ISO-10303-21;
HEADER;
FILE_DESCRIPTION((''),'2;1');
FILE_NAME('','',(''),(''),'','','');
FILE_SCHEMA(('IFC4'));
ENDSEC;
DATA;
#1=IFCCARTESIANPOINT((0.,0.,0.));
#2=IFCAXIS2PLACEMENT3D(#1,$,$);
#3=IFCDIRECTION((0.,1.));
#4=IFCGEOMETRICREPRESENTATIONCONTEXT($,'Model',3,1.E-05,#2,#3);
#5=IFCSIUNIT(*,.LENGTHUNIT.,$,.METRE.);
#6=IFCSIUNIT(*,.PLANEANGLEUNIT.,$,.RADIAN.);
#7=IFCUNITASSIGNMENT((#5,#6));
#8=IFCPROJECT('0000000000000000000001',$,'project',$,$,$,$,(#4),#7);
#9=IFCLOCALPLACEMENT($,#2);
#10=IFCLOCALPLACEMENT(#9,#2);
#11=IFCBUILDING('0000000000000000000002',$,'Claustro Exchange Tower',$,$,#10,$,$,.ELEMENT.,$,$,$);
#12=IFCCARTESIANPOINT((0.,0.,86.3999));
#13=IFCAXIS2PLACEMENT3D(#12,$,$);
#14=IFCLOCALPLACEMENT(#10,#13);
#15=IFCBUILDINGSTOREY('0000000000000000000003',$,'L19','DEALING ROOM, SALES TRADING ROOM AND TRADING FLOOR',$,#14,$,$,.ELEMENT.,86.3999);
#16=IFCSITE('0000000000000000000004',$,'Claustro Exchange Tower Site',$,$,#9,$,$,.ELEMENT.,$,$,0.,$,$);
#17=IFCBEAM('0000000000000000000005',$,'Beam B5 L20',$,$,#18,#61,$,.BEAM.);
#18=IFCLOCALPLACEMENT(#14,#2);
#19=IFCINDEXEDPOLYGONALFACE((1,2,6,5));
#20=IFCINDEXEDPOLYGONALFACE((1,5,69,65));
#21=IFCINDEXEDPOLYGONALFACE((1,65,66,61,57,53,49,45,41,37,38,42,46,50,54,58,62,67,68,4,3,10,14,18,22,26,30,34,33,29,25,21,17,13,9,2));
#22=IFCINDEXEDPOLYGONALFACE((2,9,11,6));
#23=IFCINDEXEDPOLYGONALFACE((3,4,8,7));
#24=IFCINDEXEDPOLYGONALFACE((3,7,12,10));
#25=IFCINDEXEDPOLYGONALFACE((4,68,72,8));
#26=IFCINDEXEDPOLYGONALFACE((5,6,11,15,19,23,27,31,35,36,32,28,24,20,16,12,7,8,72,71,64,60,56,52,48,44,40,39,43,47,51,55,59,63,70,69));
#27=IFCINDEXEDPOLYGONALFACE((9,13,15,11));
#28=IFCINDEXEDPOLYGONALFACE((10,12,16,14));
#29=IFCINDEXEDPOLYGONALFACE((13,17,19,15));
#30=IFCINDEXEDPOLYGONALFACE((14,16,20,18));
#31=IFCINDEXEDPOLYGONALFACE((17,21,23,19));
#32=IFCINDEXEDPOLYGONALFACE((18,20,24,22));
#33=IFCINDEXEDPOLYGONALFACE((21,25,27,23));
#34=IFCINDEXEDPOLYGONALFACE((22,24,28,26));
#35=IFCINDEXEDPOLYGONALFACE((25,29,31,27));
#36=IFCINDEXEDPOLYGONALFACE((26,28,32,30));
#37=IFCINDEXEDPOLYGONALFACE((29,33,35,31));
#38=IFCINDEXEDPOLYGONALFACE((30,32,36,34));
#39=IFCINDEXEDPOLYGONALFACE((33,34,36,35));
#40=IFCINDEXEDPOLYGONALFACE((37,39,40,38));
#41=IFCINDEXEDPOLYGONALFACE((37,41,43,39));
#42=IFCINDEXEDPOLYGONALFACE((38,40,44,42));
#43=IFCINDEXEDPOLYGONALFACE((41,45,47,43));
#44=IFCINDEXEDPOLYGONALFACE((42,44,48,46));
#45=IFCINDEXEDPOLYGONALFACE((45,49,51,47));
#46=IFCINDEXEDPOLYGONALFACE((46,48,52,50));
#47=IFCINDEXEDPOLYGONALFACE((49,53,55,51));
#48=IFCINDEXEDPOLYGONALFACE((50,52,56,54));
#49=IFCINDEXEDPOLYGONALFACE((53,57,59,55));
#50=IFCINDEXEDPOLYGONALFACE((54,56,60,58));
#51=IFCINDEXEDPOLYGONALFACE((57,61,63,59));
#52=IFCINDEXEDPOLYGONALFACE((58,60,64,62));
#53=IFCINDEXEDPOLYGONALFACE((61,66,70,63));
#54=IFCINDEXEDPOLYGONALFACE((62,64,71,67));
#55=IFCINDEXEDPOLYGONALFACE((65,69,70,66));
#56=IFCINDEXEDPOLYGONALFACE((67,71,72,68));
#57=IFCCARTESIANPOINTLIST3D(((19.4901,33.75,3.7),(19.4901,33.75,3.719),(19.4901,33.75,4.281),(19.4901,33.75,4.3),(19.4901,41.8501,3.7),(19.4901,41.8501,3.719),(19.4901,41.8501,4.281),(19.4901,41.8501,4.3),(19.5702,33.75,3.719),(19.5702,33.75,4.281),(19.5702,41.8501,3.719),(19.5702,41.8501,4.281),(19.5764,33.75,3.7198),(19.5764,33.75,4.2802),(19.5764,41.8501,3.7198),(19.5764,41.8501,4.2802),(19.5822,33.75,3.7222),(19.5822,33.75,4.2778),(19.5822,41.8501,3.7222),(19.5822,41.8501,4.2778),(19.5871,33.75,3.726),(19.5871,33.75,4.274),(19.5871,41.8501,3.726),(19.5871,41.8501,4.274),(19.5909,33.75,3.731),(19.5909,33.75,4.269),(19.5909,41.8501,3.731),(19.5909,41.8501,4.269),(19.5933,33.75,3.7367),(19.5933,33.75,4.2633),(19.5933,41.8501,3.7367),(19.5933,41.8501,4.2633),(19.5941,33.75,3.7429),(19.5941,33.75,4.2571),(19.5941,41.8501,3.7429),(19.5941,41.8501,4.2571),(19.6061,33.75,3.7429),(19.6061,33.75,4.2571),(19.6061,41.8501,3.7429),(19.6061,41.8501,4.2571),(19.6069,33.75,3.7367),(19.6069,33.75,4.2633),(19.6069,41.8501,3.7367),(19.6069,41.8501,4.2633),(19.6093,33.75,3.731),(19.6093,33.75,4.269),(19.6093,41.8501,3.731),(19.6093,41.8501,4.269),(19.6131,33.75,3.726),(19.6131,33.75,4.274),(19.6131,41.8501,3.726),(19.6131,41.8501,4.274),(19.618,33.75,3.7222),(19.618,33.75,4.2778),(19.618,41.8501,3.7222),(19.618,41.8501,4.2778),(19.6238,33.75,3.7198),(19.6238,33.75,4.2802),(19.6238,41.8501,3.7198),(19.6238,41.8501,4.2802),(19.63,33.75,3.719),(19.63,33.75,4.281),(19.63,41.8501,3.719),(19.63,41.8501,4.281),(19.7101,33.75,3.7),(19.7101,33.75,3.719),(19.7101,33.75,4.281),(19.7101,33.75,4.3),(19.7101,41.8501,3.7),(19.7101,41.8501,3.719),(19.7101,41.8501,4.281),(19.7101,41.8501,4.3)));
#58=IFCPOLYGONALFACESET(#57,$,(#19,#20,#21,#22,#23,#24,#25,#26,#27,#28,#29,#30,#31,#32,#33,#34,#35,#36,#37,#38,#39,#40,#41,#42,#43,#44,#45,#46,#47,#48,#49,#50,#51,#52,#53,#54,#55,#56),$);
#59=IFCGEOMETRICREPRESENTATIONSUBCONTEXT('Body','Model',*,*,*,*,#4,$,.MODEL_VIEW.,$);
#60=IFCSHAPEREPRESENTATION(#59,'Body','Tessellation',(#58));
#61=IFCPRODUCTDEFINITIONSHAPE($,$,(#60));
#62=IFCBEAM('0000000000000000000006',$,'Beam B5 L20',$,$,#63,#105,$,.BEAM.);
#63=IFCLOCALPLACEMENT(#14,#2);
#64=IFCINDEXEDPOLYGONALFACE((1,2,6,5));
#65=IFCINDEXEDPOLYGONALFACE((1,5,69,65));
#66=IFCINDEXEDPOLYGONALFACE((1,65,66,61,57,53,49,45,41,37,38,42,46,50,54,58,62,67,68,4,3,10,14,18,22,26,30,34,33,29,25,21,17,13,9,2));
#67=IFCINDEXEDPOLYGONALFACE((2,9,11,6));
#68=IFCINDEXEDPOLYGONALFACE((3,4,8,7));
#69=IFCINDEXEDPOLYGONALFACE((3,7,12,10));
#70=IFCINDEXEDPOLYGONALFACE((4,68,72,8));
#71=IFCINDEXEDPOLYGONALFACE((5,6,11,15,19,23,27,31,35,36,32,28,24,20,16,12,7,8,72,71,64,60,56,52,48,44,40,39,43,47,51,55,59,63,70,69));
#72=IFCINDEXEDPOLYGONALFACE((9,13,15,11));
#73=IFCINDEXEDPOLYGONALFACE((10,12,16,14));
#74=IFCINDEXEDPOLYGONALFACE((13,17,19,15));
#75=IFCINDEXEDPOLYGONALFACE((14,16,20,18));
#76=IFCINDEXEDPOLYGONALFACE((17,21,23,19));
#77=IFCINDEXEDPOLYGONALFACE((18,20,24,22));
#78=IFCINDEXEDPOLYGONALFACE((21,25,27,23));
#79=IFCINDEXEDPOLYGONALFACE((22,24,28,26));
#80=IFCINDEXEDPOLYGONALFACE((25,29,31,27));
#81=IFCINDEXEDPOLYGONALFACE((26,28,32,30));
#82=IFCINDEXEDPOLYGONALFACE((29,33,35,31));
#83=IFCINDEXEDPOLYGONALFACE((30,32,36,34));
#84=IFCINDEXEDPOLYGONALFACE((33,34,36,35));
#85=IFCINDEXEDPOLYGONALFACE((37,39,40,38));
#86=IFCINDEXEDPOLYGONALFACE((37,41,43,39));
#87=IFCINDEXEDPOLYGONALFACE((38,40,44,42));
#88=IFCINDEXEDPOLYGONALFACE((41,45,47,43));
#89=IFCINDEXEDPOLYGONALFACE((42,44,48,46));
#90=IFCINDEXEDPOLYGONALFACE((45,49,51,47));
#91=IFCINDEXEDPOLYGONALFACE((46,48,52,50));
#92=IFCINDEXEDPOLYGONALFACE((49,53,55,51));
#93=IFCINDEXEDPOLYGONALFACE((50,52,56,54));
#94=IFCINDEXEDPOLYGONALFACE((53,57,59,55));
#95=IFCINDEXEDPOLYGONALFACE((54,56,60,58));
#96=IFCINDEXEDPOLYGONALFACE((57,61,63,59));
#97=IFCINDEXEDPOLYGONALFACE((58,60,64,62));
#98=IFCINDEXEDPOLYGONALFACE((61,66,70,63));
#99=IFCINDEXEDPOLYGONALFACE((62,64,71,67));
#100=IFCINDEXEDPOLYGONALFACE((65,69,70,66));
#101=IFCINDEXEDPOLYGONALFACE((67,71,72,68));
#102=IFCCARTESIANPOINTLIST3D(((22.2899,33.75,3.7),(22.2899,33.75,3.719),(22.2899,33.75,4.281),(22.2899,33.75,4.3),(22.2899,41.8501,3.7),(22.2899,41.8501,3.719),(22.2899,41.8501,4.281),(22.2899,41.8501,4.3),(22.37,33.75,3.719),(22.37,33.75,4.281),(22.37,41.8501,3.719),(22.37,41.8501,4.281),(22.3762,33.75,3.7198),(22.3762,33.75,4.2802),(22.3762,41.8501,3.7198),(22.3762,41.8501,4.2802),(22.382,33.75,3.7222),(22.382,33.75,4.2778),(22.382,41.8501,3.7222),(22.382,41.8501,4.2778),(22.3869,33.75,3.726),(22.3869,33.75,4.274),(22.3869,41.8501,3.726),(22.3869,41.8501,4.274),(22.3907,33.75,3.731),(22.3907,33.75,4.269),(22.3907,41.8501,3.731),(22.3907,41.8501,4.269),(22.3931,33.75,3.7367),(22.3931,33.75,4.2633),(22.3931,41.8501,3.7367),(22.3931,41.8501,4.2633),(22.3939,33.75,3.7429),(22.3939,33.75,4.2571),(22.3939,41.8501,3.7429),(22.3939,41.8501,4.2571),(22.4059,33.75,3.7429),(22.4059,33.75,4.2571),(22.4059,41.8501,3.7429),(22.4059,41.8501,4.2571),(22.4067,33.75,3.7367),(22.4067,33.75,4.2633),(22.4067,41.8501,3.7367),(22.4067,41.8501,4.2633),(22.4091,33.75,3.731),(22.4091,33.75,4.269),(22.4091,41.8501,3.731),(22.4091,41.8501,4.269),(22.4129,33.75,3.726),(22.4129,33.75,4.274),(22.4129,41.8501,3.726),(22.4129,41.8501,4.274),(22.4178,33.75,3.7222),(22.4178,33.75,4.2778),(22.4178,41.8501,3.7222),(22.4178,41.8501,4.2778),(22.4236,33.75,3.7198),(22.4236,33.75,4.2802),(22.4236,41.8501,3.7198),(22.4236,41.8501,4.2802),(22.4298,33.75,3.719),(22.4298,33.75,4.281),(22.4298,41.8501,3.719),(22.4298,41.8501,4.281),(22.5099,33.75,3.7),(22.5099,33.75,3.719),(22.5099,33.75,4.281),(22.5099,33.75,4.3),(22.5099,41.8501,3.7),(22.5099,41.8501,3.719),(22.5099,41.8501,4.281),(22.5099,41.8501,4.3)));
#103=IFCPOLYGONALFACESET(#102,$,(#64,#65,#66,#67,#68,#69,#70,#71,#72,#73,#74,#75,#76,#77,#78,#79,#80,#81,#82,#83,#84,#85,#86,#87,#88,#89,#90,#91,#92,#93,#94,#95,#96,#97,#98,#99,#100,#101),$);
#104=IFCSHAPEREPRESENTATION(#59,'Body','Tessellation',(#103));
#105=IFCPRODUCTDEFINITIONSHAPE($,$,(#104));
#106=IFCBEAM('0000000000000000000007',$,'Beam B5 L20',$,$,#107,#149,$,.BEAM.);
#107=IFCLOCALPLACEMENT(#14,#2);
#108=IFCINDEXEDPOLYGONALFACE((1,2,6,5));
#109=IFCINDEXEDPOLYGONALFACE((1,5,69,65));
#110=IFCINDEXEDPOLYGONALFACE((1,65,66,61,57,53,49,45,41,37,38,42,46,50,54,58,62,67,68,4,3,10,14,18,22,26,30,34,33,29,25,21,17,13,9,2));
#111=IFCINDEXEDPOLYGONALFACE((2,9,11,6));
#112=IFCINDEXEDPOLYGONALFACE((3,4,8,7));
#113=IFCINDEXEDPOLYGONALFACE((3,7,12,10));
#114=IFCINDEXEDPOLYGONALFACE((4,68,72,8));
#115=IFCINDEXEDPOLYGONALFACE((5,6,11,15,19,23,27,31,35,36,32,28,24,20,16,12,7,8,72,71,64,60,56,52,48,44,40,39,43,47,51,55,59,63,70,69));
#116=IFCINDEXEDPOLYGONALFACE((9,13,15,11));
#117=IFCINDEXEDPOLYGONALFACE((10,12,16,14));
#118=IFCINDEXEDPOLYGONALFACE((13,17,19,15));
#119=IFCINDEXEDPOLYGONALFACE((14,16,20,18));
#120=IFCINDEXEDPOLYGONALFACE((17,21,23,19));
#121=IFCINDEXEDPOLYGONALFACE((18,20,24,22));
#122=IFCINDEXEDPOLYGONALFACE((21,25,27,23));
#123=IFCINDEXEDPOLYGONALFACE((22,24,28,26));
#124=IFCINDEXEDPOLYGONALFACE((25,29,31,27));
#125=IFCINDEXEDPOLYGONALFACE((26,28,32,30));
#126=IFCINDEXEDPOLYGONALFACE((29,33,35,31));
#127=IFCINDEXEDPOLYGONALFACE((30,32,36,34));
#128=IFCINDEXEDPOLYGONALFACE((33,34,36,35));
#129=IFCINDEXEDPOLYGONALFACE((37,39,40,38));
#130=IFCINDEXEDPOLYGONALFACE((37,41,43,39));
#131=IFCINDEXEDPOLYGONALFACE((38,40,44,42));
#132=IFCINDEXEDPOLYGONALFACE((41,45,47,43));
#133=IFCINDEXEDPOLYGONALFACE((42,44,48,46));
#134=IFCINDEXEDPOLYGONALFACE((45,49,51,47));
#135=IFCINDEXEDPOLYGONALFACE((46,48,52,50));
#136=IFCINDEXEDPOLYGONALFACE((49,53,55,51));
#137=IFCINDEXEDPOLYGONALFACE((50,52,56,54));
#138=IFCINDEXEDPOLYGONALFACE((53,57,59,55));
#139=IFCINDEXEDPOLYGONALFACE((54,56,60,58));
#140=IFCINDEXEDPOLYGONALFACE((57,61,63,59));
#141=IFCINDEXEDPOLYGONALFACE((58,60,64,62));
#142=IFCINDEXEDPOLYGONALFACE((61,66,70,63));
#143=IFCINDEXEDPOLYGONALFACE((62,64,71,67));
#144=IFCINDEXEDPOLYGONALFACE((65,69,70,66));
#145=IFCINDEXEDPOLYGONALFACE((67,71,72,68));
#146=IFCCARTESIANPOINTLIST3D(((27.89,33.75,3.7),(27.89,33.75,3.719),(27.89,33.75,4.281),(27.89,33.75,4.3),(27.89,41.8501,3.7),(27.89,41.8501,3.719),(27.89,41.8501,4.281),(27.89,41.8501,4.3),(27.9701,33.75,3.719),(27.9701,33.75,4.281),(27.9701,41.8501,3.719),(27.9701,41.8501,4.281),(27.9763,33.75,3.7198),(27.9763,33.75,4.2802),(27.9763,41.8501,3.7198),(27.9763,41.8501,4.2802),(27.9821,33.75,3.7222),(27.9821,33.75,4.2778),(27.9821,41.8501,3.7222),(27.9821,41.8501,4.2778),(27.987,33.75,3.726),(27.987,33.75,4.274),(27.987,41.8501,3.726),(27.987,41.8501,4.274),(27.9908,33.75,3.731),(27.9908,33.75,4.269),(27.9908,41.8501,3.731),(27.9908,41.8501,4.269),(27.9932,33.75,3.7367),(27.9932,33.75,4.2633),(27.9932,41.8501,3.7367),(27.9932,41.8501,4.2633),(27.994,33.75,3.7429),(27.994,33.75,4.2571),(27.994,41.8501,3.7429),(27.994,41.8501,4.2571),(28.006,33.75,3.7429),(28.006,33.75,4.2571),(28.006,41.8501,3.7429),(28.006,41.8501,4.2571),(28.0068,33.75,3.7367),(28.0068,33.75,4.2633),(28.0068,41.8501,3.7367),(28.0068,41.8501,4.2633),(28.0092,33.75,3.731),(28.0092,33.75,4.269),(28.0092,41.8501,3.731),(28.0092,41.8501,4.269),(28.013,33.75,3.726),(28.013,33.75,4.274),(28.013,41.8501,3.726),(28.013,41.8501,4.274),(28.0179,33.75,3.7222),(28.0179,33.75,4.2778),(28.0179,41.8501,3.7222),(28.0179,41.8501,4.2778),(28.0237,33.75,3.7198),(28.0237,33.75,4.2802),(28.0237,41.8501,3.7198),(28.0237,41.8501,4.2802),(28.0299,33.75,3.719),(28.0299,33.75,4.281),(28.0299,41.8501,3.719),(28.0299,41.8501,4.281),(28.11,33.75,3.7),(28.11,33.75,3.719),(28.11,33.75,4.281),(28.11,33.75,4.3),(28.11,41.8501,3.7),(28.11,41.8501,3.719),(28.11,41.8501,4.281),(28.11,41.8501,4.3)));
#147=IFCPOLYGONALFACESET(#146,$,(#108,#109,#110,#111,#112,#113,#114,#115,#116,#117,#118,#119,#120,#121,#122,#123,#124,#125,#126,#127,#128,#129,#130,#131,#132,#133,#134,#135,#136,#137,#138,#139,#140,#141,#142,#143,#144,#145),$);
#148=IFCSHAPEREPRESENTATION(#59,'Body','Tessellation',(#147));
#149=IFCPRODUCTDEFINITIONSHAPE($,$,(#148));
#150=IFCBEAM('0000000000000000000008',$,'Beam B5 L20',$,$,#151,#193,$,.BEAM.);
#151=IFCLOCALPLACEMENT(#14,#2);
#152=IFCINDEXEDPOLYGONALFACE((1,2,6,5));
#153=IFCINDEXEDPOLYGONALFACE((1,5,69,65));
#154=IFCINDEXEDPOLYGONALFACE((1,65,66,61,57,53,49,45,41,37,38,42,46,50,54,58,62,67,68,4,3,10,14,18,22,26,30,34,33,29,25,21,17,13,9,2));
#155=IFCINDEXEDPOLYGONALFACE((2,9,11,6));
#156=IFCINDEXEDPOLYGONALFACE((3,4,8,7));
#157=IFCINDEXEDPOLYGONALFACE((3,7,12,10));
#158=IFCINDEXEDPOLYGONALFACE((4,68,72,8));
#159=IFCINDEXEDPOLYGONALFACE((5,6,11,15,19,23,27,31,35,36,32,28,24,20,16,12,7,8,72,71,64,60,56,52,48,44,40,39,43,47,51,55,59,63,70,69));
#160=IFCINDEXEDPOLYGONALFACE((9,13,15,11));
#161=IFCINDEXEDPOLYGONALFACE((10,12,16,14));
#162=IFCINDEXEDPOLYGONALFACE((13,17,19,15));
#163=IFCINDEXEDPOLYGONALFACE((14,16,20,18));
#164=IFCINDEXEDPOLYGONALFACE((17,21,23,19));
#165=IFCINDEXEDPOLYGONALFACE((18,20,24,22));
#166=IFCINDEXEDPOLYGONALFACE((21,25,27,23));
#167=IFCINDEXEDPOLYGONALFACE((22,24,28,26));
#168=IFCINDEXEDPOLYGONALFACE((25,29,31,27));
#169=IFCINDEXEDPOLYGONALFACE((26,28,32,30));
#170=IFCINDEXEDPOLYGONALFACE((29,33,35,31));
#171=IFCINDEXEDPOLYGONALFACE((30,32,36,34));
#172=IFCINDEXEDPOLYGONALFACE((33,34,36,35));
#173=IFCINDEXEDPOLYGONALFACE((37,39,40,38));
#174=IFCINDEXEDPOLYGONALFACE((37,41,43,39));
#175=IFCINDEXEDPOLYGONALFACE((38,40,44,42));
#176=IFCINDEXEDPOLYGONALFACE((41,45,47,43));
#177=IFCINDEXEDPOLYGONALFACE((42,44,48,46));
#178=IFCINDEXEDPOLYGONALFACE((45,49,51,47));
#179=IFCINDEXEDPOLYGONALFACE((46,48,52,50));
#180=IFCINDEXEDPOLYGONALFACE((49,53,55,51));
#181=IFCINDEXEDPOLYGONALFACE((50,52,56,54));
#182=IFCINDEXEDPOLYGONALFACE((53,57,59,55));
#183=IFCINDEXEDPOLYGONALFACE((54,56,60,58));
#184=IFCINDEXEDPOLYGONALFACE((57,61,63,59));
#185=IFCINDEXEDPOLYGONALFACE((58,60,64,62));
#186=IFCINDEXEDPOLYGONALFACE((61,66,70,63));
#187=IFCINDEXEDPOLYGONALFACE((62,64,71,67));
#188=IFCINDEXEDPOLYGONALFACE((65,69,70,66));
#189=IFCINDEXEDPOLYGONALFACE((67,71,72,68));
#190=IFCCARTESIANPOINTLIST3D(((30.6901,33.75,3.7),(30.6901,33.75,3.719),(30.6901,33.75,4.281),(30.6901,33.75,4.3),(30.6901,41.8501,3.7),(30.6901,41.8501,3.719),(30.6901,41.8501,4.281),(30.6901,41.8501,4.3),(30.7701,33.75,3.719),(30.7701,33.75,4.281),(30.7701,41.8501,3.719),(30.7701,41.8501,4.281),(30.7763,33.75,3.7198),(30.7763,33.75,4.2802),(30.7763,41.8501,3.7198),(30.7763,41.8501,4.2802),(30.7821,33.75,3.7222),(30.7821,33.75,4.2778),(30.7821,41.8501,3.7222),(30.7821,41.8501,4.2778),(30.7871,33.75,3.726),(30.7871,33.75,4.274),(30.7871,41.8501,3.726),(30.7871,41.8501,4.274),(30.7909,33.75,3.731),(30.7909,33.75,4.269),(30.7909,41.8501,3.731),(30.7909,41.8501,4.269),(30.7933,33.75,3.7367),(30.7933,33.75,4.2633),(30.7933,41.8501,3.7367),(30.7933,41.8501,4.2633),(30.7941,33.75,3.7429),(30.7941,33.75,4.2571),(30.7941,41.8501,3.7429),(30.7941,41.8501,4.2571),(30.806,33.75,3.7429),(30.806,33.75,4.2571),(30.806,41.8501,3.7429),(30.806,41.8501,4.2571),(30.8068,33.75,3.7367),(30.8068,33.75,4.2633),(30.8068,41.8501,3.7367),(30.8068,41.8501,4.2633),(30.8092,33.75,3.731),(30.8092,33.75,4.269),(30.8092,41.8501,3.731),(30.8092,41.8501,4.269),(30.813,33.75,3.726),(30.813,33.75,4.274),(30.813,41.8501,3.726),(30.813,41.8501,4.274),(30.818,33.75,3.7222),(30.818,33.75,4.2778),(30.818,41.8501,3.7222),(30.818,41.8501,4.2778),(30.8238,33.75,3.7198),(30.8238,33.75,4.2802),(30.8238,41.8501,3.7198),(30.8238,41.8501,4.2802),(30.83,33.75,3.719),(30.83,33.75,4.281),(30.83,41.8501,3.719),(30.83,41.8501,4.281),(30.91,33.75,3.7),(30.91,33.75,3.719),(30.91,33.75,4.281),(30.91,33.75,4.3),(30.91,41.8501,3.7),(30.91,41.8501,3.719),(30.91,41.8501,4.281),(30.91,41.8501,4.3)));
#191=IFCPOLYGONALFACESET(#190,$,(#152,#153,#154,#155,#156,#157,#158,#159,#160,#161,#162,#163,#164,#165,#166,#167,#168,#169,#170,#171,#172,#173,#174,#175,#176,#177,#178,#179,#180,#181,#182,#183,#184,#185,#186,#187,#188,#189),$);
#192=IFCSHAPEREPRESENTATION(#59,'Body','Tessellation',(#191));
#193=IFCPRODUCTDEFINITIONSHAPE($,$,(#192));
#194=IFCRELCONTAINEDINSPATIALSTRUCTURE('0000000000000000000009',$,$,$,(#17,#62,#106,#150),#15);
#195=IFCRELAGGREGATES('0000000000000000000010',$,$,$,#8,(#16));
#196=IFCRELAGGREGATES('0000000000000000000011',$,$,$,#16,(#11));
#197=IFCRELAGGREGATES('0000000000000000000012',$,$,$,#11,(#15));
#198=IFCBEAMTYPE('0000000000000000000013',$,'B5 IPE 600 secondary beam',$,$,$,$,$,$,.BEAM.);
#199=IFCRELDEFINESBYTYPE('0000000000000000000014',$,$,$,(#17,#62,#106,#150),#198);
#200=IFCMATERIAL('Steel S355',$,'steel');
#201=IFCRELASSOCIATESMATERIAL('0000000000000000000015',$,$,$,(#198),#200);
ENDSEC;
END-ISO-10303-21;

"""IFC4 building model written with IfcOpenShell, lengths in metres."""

from ifc_helpers import new_model, si_unit, direction, frame, origin, origin_2d, place, context, subcontext, project, spatial, i_section, extrude, material, material_profile, profile_set, type_object, element, save


model = new_model("IFC4")

# Units and contexts
model_context = context("Model", 3, precision=1e-05, world=origin(), true_north=direction((0.0, 1.0)))
body_context = subcontext(model_context, "Body", "Model", "MODEL_VIEW")
ifc_project = project(units=[si_unit("LENGTHUNIT", "METRE"), si_unit("PLANEANGLEUNIT", "RADIAN")], contexts=[model_context])

# Site, building, storey
site_placement = place(None, origin())
site = spatial("IfcSite", under=ifc_project, at=site_placement, Name="Claustro Exchange Tower Site", CompositionType="ELEMENT", RefElevation=0.0)
building_placement = place(site_placement, origin())
building = spatial("IfcBuilding", under=site, at=building_placement, Name="Claustro Exchange Tower", CompositionType="ELEMENT")
storey_placement = place(building_placement, frame((0.0, 0.0, 86.3999)))
storey = spatial("IfcBuildingStorey", under=building, at=storey_placement, Name="L19", Description="DEALING ROOM, SALES TRADING ROOM AND TRADING FLOOR", CompositionType="ELEMENT", Elevation=86.3999)

# Beams
ifc_material_1 = material(Name="Steel S355", Category="steel")
ifc_material_profile_1 = material_profile(ifc_material_1, i_section(OverallWidth=0.22, OverallDepth=0.6001, WebThickness=0.012, FlangeThickness=0.019, FilletRadius=0.0239, at=origin_2d()), Name="IPE 600")
ifc_profile_set_1 = profile_set([ifc_material_profile_1], Name="Steel S355")
beam_type_1 = type_object("IfcBeamType", Name="B5 IPE 600 secondary beam", PredefinedType="BEAM", material=ifc_profile_set_1)
for number, where, z_axis, x_axis, name in (
    (1, (19.6001, 33.75, 4.0), (0.0, 1.0, 0.0), (-1.0, 0.0, 0.0), "Beam B5 L20"),
    (2, (22.3999, 33.75, 4.0), (0.0, 1.0, 0.0), (-1.0, 0.0, 0.0), "Beam B5 L20"),
    (3, (28.0, 33.75, 4.0), (0.0, 1.0, 0.0), (-1.0, 0.0, 0.0), "Beam B5 L20"),
    (4, (30.8, 33.75, 4.0), (0.0, 1.0, 0.0), (-1.0, 0.0, 0.0), "Beam B5 L20"),
):
    element("IfcBeam", number, at=place(storey_placement, frame(where, z_axis=z_axis, x_axis=x_axis)), inside=storey, type_object=beam_type_1, Name=name, PredefinedType="BEAM", context=body_context, shape_type="SweptSolid", body=[
        extrude(i_section(OverallWidth=0.22, OverallDepth=0.6001, WebThickness=0.012, FlangeThickness=0.019, FilletRadius=0.0239, at=origin_2d()), origin(), (0.0, 0.0, 1.0), 8.1001),
    ])

save(model, "model.ifc")
